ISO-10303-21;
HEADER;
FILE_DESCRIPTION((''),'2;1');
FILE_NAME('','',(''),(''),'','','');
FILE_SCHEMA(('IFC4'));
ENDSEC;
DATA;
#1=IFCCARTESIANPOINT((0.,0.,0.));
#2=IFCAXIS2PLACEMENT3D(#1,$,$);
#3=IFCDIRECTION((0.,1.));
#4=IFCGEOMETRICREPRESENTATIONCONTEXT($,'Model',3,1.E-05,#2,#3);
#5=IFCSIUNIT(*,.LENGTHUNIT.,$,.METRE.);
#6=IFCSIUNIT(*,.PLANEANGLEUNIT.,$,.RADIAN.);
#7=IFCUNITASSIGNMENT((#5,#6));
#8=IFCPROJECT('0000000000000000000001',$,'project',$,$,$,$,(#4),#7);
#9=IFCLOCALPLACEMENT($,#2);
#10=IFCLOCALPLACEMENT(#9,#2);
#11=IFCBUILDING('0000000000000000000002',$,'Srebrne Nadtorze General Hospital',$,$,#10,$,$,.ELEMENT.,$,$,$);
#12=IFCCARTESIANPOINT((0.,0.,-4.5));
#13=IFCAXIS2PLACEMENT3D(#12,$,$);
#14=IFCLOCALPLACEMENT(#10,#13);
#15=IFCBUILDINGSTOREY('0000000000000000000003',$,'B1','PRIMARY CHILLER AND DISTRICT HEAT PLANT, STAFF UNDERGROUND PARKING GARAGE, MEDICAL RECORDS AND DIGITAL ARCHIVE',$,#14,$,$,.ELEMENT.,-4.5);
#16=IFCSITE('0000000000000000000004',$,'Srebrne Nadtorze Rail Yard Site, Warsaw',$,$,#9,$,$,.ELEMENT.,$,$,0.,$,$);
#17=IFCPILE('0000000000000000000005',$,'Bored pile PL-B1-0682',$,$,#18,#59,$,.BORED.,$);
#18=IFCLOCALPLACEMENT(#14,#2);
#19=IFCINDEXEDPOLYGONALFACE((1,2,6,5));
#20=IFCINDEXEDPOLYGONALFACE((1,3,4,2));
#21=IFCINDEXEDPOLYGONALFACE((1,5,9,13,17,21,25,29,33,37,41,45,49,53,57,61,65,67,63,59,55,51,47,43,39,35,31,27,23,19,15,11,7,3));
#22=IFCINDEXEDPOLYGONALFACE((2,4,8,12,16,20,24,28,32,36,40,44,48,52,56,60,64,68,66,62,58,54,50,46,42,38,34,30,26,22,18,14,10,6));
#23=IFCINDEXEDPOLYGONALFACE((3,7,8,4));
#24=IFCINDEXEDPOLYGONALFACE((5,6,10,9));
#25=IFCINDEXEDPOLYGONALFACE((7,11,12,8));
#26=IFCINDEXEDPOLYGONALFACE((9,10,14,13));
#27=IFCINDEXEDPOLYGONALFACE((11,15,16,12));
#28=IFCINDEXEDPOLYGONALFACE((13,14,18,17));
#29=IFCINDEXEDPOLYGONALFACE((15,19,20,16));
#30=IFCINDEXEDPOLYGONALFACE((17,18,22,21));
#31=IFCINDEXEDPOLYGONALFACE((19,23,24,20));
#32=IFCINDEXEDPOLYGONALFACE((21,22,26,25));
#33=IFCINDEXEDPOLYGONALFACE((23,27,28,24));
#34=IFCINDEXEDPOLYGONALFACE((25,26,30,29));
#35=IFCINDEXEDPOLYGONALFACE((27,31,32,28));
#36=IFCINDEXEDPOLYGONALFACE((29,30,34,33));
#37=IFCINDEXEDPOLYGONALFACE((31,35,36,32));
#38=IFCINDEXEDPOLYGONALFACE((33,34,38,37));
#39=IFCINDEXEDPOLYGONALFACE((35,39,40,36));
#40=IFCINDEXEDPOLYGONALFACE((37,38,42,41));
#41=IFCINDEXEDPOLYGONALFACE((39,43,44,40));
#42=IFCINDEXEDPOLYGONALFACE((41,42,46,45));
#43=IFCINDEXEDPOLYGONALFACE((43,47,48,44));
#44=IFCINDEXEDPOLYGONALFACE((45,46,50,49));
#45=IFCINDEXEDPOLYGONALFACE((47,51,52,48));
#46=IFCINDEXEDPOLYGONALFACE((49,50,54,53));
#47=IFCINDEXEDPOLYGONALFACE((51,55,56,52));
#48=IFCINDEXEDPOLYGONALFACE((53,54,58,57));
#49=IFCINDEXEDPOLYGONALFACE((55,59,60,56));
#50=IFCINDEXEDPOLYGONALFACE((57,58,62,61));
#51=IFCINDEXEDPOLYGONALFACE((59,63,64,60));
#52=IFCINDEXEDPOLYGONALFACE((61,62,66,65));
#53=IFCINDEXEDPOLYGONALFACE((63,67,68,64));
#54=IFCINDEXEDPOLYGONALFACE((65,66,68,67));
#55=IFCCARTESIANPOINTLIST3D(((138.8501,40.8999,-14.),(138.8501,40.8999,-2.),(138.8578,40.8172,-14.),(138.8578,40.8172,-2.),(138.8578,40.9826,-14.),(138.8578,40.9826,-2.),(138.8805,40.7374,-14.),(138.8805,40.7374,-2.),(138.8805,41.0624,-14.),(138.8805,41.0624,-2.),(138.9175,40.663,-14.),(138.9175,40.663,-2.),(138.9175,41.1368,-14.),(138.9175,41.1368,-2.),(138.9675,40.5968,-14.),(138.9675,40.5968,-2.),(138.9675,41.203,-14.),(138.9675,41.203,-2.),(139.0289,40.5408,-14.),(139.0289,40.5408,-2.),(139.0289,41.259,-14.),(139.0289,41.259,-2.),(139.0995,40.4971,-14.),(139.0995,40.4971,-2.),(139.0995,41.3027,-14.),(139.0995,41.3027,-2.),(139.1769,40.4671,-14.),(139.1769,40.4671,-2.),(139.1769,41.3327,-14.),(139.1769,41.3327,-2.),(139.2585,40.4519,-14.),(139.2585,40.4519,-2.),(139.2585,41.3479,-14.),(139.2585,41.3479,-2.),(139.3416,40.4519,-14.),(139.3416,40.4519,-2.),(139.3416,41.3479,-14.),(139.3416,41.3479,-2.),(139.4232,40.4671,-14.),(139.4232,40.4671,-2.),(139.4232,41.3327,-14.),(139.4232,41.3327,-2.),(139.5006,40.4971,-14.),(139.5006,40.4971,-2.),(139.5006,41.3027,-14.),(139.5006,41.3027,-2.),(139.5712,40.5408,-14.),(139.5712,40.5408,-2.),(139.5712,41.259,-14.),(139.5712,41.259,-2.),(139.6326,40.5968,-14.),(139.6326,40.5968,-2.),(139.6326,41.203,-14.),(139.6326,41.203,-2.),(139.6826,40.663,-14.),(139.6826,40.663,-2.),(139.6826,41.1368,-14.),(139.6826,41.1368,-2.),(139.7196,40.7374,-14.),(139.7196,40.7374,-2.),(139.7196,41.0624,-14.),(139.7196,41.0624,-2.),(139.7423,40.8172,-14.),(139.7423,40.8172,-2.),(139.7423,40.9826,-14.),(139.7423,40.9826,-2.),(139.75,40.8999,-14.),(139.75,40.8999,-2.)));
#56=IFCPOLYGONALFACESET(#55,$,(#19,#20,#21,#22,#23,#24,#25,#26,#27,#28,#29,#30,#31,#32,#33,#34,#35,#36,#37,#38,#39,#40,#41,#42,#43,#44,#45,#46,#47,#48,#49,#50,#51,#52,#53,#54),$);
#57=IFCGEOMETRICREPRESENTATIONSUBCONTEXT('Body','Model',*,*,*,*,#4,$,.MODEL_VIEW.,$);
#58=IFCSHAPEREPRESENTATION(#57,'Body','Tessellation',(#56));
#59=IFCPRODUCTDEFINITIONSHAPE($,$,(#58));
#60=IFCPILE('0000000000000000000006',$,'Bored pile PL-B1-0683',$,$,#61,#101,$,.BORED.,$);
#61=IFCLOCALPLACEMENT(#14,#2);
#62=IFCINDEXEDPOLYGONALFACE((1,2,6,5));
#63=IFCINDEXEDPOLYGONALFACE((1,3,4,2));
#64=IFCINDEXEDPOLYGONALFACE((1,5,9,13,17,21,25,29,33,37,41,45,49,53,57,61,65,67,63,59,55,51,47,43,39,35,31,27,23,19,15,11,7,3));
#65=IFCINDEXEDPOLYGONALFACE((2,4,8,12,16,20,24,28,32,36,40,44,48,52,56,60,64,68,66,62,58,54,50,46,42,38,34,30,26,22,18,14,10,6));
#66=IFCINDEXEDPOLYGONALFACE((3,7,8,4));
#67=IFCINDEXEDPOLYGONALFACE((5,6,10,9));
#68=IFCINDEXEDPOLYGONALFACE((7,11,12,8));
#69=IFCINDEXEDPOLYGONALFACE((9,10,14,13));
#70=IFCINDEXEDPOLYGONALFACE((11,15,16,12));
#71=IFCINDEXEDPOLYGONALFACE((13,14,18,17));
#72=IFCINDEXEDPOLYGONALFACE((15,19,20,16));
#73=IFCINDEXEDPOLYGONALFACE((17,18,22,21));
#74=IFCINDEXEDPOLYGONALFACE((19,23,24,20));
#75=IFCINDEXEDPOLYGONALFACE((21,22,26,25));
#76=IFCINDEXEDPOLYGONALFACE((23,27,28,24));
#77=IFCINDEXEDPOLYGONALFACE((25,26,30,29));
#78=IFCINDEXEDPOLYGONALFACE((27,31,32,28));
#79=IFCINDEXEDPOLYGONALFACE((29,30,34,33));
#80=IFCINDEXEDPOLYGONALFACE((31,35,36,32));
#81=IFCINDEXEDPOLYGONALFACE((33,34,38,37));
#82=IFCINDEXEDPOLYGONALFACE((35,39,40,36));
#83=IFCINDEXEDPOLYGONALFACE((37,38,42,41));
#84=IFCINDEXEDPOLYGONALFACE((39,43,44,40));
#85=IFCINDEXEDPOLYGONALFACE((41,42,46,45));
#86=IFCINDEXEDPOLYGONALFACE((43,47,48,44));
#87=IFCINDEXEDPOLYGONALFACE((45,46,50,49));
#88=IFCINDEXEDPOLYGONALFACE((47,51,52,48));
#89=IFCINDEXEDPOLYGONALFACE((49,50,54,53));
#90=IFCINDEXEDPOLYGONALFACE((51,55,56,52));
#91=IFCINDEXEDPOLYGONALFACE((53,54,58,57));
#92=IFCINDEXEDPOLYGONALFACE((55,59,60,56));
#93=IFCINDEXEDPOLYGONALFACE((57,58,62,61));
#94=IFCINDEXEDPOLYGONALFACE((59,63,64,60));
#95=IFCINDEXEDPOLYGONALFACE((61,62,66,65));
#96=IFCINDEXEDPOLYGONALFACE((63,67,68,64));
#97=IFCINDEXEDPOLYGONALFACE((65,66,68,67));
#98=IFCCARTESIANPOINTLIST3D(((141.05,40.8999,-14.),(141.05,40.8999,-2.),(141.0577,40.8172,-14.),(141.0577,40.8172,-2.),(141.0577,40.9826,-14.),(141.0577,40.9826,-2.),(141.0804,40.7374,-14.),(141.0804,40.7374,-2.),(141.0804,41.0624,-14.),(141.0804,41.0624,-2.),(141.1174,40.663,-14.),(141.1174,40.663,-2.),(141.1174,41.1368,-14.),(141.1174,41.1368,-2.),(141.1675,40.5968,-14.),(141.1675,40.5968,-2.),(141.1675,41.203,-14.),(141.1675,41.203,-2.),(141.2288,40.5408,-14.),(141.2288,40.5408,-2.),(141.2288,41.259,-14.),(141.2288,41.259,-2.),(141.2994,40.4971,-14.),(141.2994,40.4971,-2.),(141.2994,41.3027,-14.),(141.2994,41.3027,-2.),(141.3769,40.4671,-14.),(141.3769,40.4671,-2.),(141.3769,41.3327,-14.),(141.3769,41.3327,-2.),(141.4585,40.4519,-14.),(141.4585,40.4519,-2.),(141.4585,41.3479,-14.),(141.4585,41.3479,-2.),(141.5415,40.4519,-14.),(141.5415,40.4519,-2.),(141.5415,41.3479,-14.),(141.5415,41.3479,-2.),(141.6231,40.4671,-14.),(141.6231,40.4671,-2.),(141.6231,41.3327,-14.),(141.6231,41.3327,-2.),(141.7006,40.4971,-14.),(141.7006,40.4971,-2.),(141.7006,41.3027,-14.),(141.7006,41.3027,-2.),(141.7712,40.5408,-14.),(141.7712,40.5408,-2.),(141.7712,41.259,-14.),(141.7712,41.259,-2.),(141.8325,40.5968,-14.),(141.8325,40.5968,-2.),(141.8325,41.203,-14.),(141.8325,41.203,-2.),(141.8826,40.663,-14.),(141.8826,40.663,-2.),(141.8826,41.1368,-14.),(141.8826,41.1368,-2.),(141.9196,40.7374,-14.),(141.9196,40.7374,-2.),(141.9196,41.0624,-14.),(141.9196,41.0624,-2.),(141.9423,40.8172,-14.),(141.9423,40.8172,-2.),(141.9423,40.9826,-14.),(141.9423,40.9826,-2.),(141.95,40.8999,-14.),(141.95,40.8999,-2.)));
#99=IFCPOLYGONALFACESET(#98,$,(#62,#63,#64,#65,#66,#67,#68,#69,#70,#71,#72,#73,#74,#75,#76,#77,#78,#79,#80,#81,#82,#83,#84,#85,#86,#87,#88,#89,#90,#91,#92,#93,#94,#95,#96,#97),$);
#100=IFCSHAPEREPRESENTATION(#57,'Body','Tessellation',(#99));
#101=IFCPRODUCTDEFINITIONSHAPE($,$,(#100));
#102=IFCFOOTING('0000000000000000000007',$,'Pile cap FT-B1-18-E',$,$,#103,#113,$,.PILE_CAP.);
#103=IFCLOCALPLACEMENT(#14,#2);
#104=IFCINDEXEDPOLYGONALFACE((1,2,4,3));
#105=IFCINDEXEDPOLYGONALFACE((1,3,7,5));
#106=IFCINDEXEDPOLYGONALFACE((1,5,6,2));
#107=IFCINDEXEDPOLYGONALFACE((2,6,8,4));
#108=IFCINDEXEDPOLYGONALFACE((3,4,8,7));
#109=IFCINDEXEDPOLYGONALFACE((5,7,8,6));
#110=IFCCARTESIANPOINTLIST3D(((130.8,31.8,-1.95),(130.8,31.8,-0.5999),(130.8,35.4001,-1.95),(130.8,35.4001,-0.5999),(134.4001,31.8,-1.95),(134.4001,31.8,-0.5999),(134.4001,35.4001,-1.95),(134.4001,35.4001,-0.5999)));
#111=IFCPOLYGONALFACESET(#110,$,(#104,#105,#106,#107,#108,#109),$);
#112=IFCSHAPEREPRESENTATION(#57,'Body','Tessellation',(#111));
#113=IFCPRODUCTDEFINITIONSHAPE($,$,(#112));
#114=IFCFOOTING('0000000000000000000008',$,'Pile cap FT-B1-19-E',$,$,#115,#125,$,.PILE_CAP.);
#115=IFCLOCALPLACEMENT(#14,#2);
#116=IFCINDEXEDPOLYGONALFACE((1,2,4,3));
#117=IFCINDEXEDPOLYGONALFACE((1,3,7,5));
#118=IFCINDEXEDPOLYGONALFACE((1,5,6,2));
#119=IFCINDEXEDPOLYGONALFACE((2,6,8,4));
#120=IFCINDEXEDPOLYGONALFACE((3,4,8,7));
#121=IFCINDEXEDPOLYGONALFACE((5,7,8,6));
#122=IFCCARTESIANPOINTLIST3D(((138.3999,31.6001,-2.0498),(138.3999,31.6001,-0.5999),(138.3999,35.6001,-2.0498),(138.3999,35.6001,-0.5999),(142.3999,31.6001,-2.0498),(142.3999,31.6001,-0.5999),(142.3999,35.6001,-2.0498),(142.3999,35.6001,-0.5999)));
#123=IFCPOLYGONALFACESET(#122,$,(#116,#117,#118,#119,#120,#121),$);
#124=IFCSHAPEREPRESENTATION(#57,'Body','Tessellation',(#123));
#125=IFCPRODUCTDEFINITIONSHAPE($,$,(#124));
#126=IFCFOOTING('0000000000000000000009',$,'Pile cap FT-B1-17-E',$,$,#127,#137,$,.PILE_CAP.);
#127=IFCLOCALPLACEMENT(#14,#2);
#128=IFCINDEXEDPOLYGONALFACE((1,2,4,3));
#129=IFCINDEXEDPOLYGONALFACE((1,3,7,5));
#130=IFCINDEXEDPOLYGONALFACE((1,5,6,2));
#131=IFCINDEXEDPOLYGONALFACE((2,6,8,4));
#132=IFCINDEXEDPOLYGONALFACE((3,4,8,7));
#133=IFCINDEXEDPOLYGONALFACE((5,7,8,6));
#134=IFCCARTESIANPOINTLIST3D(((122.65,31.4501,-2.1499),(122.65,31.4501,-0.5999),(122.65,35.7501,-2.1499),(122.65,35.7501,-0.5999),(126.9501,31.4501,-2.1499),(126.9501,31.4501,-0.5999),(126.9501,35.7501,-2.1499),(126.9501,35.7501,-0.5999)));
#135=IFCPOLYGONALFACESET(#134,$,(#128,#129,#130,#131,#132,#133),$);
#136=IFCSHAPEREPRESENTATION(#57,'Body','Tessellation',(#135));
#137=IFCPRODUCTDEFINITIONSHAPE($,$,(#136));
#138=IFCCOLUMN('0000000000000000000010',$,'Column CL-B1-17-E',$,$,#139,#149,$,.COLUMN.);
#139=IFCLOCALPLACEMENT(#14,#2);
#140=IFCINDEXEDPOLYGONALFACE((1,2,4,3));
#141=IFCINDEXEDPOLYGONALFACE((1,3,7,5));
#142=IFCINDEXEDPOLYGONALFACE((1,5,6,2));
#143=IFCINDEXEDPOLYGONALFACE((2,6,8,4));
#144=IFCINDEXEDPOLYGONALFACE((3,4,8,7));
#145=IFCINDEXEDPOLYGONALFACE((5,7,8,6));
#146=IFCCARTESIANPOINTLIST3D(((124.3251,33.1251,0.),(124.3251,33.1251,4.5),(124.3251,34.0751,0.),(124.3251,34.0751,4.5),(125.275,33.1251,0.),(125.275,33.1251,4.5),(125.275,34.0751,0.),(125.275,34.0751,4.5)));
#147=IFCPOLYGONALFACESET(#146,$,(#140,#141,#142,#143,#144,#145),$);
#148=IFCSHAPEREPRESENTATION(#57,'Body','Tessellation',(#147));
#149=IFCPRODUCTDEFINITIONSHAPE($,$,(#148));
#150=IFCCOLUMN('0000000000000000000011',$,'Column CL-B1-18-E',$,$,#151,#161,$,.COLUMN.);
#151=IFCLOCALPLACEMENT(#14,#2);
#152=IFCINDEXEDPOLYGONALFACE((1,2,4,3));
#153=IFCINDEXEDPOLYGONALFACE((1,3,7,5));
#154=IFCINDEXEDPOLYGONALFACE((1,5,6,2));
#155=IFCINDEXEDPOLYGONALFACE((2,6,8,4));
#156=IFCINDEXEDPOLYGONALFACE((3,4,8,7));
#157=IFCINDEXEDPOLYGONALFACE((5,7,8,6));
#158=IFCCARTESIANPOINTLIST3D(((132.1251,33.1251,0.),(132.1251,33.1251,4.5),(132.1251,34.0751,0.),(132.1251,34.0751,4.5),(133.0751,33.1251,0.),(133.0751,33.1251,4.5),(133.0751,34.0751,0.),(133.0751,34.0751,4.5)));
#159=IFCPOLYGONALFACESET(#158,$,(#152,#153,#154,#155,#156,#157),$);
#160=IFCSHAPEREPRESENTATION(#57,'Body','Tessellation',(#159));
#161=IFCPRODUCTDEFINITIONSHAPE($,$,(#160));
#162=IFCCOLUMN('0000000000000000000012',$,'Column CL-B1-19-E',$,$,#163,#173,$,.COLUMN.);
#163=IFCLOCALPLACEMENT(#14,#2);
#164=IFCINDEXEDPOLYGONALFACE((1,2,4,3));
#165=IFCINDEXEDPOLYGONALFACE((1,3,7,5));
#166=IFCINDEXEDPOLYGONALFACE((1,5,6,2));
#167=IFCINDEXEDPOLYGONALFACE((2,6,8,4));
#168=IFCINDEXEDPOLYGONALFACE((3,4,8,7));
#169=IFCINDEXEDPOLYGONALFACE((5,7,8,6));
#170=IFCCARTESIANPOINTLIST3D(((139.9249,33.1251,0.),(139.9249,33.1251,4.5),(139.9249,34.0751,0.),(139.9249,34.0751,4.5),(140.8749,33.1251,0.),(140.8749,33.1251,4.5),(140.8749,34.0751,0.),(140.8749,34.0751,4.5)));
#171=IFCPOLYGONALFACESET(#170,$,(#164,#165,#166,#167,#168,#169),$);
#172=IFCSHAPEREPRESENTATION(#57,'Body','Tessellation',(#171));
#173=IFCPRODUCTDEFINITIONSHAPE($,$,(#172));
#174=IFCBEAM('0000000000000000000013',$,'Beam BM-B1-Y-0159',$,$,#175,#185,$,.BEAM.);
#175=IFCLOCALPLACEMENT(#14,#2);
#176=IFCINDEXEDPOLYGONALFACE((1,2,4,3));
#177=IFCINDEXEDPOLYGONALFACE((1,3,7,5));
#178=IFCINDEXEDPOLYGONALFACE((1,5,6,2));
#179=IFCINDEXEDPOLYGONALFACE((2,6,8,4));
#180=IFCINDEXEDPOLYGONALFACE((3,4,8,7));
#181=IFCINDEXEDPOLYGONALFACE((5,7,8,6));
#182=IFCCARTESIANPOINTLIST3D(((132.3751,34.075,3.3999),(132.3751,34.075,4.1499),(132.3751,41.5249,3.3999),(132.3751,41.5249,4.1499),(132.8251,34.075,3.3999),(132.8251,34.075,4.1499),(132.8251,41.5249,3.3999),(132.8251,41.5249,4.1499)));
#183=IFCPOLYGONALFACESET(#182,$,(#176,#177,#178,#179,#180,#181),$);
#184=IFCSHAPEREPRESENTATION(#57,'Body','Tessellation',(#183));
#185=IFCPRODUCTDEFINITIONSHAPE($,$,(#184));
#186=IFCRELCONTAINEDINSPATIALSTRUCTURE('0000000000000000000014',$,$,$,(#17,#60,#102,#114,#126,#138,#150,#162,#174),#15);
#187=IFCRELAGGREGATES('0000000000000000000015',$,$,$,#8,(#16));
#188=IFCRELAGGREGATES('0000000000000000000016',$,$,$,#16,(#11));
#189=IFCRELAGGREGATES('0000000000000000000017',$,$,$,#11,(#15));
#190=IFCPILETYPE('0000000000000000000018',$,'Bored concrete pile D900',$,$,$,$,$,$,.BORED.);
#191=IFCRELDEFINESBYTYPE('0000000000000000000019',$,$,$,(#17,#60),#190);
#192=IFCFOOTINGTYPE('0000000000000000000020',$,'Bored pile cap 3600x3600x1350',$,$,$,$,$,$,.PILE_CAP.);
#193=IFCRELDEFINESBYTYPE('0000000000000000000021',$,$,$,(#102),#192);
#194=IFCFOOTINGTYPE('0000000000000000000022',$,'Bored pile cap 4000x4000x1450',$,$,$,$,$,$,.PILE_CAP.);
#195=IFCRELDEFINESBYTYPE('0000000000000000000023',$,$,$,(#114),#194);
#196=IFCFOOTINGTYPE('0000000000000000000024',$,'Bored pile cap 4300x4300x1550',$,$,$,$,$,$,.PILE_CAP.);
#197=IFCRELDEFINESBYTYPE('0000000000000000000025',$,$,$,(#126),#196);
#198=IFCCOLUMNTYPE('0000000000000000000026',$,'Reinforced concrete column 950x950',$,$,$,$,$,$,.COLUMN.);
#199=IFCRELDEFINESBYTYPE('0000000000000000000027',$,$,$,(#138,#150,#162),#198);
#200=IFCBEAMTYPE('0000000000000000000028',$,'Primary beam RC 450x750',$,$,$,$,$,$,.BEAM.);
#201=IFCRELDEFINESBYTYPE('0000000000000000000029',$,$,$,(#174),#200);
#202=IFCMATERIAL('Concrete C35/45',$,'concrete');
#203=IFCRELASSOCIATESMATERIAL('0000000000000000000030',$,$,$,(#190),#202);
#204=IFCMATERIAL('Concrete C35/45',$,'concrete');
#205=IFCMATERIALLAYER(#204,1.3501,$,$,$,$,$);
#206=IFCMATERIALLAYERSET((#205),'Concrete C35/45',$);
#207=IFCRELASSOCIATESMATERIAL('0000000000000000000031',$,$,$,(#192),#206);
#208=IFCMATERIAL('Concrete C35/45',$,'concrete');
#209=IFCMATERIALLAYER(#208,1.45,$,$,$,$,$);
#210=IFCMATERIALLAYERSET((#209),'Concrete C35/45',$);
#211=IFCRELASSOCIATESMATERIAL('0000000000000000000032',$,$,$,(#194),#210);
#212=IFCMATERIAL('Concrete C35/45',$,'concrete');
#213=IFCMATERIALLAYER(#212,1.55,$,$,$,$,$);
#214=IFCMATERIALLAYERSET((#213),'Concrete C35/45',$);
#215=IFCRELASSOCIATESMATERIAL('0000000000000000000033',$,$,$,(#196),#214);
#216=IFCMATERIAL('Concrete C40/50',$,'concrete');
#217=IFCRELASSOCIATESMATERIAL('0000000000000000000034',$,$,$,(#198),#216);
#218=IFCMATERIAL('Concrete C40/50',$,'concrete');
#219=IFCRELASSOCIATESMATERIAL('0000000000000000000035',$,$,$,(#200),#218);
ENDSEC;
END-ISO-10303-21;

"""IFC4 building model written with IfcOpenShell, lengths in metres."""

from ifc_helpers import new_model, si_unit, direction, frame, origin, origin_2d, place, context, subcontext, project, spatial, rectangle, circle, extrude, material, layer, layer_set, material_profile, profile_set, type_object, element, save


model = new_model("IFC4")

# Units and contexts
model_context = context("Model", 3, precision=1e-05, world=origin(), true_north=direction((0.0, 1.0)))
body_context = subcontext(model_context, "Body", "Model", "MODEL_VIEW")
ifc_project = project(units=[si_unit("LENGTHUNIT", "METRE"), si_unit("PLANEANGLEUNIT", "RADIAN")], contexts=[model_context])

# Site, building, storey
site_placement = place(None, origin())
site = spatial("IfcSite", under=ifc_project, at=site_placement, Name="Srebrne Nadtorze Rail Yard Site, Warsaw", CompositionType="ELEMENT", RefElevation=0.0)
building_placement = place(site_placement, origin())
building = spatial("IfcBuilding", under=site, at=building_placement, Name="Srebrne Nadtorze General Hospital", CompositionType="ELEMENT")
storey_placement = place(building_placement, frame((0.0, 0.0, -4.5)))
storey = spatial("IfcBuildingStorey", under=building, at=storey_placement, Name="B1", Description="PRIMARY CHILLER AND DISTRICT HEAT PLANT, STAFF UNDERGROUND PARKING GARAGE, MEDICAL RECORDS AND DIGITAL ARCHIVE", CompositionType="ELEMENT", Elevation=-4.5)

# Piles
ifc_material_1 = material(Name="Concrete C35/45", Category="concrete")
ifc_material_profile_1 = material_profile(ifc_material_1, circle(Radius=0.45, at=origin_2d()), Name="PILE-D900")
ifc_profile_set_1 = profile_set([ifc_material_profile_1], Name="Concrete C35/45")
pile_type_1 = type_object("IfcPileType", Name="Bored concrete pile D900", PredefinedType="BORED", material=ifc_profile_set_1)
for number, where, z_axis, x_axis, name in (
    (1, (139.3, 40.8999, -2.0), (0.0, 0.0, -1.0), (1.0, 0.0, 0.0), "Bored pile PL-B1-0682"),
    (2, (141.5, 40.8999, -2.0), (0.0, 0.0, -1.0), (1.0, 0.0, 0.0), "Bored pile PL-B1-0683"),
):
    element("IfcPile", number, at=place(storey_placement, frame(where, z_axis=z_axis, x_axis=x_axis)), inside=storey, type_object=pile_type_1, Name=name, PredefinedType="BORED", context=body_context, shape_type="SweptSolid", body=[
        extrude(circle(Radius=0.45, at=origin_2d()), origin(), (0.0, 0.0, 1.0), 12.0),
    ])

# Footings
ifc_material_2 = material(Name="Concrete C35/45", Category="concrete")
ifc_layer_1 = layer(ifc_material_2, 1.3501)
ifc_layer_set_1 = layer_set([ifc_layer_1], Name="Concrete C35/45")
footing_type_1 = type_object("IfcFootingType", Name="Bored pile cap 3600x3600x1350", PredefinedType="PILE_CAP", material=ifc_layer_set_1)
footing_1_placement = place(storey_placement, frame((132.6001, 33.6001, -1.95), z_axis=(0.0, 0.0, 1.0), x_axis=(1.0, 0.0, 0.0)))
element("IfcFooting", 3, at=footing_1_placement, inside=storey, type_object=footing_type_1, Name="Pile cap FT-B1-18-E", PredefinedType="PILE_CAP", context=body_context, shape_type="SweptSolid", body=[
    extrude(rectangle(XDim=3.6001, YDim=3.6001, at=origin_2d()), origin(), (0.0, 0.0, 1.0), 1.3501),
])
ifc_material_3 = material(Name="Concrete C35/45", Category="concrete")
ifc_layer_2 = layer(ifc_material_3, 1.45)
ifc_layer_set_2 = layer_set([ifc_layer_2], Name="Concrete C35/45")
footing_type_2 = type_object("IfcFootingType", Name="Bored pile cap 4000x4000x1450", PredefinedType="PILE_CAP", material=ifc_layer_set_2)
footing_2_placement = place(storey_placement, frame((140.3999, 33.6001, -2.0498), z_axis=(0.0, 0.0, 1.0), x_axis=(1.0, 0.0, 0.0)))
element("IfcFooting", 4, at=footing_2_placement, inside=storey, type_object=footing_type_2, Name="Pile cap FT-B1-19-E", PredefinedType="PILE_CAP", context=body_context, shape_type="SweptSolid", body=[
    extrude(rectangle(XDim=4.0, YDim=4.0, at=origin_2d()), origin(), (0.0, 0.0, 1.0), 1.45),
])
ifc_material_4 = material(Name="Concrete C35/45", Category="concrete")
ifc_layer_3 = layer(ifc_material_4, 1.55)
ifc_layer_set_3 = layer_set([ifc_layer_3], Name="Concrete C35/45")
footing_type_3 = type_object("IfcFootingType", Name="Bored pile cap 4300x4300x1550", PredefinedType="PILE_CAP", material=ifc_layer_set_3)
footing_3_placement = place(storey_placement, frame((124.8, 33.6001, -2.1499), z_axis=(0.0, 0.0, 1.0), x_axis=(1.0, 0.0, 0.0)))
element("IfcFooting", 5, at=footing_3_placement, inside=storey, type_object=footing_type_3, Name="Pile cap FT-B1-17-E", PredefinedType="PILE_CAP", context=body_context, shape_type="SweptSolid", body=[
    extrude(rectangle(XDim=4.3, YDim=4.3, at=origin_2d()), origin(), (0.0, 0.0, 1.0), 1.55),
])

# Columns
ifc_material_5 = material(Name="Concrete C40/50", Category="concrete")
ifc_material_profile_2 = material_profile(ifc_material_5, rectangle(XDim=0.95, YDim=0.95, at=origin_2d()), Name="RC-COL-950x950")
ifc_profile_set_2 = profile_set([ifc_material_profile_2], Name="Concrete C40/50")
column_type = type_object("IfcColumnType", Name="Reinforced concrete column 950x950", PredefinedType="COLUMN", material=ifc_profile_set_2)
for number, where, z_axis, x_axis, name in (
    (6, (124.8, 33.6001, 0.0), (0.0, 0.0, 1.0), (1.0, 0.0, 0.0), "Column CL-B1-17-E"),
    (7, (132.6001, 33.6001, 0.0), (0.0, 0.0, 1.0), (1.0, 0.0, 0.0), "Column CL-B1-18-E"),
    (8, (140.3999, 33.6001, 0.0), (0.0, 0.0, 1.0), (1.0, 0.0, 0.0), "Column CL-B1-19-E"),
):
    element("IfcColumn", number, at=place(storey_placement, frame(where, z_axis=z_axis, x_axis=x_axis)), inside=storey, type_object=column_type, Name=name, PredefinedType="COLUMN", context=body_context, shape_type="SweptSolid", body=[
        extrude(rectangle(XDim=0.95, YDim=0.95, at=origin_2d()), origin(), (0.0, 0.0, 1.0), 4.5),
    ])

# Beam
ifc_material_6 = material(Name="Concrete C40/50", Category="concrete")
ifc_material_profile_3 = material_profile(ifc_material_6, rectangle(XDim=0.45, YDim=0.75, at=origin_2d()), Name="RC-BM-450x750")
ifc_profile_set_3 = profile_set([ifc_material_profile_3], Name="Concrete C40/50")
beam_type = type_object("IfcBeamType", Name="Primary beam RC 450x750", PredefinedType="BEAM", material=ifc_profile_set_3)
beam_placement = place(storey_placement, frame((132.6001, 34.075, 3.7749), z_axis=(0.0, 1.0, 0.0), x_axis=(-1.0, 0.0, 0.0)))
element("IfcBeam", 9, at=beam_placement, inside=storey, type_object=beam_type, Name="Beam BM-B1-Y-0159", PredefinedType="BEAM", context=body_context, shape_type="SweptSolid", body=[
    extrude(rectangle(XDim=0.45, YDim=0.75, at=origin_2d()), origin(), (0.0, 0.0, 1.0), 7.45),
])

save(model, "model.ifc")
